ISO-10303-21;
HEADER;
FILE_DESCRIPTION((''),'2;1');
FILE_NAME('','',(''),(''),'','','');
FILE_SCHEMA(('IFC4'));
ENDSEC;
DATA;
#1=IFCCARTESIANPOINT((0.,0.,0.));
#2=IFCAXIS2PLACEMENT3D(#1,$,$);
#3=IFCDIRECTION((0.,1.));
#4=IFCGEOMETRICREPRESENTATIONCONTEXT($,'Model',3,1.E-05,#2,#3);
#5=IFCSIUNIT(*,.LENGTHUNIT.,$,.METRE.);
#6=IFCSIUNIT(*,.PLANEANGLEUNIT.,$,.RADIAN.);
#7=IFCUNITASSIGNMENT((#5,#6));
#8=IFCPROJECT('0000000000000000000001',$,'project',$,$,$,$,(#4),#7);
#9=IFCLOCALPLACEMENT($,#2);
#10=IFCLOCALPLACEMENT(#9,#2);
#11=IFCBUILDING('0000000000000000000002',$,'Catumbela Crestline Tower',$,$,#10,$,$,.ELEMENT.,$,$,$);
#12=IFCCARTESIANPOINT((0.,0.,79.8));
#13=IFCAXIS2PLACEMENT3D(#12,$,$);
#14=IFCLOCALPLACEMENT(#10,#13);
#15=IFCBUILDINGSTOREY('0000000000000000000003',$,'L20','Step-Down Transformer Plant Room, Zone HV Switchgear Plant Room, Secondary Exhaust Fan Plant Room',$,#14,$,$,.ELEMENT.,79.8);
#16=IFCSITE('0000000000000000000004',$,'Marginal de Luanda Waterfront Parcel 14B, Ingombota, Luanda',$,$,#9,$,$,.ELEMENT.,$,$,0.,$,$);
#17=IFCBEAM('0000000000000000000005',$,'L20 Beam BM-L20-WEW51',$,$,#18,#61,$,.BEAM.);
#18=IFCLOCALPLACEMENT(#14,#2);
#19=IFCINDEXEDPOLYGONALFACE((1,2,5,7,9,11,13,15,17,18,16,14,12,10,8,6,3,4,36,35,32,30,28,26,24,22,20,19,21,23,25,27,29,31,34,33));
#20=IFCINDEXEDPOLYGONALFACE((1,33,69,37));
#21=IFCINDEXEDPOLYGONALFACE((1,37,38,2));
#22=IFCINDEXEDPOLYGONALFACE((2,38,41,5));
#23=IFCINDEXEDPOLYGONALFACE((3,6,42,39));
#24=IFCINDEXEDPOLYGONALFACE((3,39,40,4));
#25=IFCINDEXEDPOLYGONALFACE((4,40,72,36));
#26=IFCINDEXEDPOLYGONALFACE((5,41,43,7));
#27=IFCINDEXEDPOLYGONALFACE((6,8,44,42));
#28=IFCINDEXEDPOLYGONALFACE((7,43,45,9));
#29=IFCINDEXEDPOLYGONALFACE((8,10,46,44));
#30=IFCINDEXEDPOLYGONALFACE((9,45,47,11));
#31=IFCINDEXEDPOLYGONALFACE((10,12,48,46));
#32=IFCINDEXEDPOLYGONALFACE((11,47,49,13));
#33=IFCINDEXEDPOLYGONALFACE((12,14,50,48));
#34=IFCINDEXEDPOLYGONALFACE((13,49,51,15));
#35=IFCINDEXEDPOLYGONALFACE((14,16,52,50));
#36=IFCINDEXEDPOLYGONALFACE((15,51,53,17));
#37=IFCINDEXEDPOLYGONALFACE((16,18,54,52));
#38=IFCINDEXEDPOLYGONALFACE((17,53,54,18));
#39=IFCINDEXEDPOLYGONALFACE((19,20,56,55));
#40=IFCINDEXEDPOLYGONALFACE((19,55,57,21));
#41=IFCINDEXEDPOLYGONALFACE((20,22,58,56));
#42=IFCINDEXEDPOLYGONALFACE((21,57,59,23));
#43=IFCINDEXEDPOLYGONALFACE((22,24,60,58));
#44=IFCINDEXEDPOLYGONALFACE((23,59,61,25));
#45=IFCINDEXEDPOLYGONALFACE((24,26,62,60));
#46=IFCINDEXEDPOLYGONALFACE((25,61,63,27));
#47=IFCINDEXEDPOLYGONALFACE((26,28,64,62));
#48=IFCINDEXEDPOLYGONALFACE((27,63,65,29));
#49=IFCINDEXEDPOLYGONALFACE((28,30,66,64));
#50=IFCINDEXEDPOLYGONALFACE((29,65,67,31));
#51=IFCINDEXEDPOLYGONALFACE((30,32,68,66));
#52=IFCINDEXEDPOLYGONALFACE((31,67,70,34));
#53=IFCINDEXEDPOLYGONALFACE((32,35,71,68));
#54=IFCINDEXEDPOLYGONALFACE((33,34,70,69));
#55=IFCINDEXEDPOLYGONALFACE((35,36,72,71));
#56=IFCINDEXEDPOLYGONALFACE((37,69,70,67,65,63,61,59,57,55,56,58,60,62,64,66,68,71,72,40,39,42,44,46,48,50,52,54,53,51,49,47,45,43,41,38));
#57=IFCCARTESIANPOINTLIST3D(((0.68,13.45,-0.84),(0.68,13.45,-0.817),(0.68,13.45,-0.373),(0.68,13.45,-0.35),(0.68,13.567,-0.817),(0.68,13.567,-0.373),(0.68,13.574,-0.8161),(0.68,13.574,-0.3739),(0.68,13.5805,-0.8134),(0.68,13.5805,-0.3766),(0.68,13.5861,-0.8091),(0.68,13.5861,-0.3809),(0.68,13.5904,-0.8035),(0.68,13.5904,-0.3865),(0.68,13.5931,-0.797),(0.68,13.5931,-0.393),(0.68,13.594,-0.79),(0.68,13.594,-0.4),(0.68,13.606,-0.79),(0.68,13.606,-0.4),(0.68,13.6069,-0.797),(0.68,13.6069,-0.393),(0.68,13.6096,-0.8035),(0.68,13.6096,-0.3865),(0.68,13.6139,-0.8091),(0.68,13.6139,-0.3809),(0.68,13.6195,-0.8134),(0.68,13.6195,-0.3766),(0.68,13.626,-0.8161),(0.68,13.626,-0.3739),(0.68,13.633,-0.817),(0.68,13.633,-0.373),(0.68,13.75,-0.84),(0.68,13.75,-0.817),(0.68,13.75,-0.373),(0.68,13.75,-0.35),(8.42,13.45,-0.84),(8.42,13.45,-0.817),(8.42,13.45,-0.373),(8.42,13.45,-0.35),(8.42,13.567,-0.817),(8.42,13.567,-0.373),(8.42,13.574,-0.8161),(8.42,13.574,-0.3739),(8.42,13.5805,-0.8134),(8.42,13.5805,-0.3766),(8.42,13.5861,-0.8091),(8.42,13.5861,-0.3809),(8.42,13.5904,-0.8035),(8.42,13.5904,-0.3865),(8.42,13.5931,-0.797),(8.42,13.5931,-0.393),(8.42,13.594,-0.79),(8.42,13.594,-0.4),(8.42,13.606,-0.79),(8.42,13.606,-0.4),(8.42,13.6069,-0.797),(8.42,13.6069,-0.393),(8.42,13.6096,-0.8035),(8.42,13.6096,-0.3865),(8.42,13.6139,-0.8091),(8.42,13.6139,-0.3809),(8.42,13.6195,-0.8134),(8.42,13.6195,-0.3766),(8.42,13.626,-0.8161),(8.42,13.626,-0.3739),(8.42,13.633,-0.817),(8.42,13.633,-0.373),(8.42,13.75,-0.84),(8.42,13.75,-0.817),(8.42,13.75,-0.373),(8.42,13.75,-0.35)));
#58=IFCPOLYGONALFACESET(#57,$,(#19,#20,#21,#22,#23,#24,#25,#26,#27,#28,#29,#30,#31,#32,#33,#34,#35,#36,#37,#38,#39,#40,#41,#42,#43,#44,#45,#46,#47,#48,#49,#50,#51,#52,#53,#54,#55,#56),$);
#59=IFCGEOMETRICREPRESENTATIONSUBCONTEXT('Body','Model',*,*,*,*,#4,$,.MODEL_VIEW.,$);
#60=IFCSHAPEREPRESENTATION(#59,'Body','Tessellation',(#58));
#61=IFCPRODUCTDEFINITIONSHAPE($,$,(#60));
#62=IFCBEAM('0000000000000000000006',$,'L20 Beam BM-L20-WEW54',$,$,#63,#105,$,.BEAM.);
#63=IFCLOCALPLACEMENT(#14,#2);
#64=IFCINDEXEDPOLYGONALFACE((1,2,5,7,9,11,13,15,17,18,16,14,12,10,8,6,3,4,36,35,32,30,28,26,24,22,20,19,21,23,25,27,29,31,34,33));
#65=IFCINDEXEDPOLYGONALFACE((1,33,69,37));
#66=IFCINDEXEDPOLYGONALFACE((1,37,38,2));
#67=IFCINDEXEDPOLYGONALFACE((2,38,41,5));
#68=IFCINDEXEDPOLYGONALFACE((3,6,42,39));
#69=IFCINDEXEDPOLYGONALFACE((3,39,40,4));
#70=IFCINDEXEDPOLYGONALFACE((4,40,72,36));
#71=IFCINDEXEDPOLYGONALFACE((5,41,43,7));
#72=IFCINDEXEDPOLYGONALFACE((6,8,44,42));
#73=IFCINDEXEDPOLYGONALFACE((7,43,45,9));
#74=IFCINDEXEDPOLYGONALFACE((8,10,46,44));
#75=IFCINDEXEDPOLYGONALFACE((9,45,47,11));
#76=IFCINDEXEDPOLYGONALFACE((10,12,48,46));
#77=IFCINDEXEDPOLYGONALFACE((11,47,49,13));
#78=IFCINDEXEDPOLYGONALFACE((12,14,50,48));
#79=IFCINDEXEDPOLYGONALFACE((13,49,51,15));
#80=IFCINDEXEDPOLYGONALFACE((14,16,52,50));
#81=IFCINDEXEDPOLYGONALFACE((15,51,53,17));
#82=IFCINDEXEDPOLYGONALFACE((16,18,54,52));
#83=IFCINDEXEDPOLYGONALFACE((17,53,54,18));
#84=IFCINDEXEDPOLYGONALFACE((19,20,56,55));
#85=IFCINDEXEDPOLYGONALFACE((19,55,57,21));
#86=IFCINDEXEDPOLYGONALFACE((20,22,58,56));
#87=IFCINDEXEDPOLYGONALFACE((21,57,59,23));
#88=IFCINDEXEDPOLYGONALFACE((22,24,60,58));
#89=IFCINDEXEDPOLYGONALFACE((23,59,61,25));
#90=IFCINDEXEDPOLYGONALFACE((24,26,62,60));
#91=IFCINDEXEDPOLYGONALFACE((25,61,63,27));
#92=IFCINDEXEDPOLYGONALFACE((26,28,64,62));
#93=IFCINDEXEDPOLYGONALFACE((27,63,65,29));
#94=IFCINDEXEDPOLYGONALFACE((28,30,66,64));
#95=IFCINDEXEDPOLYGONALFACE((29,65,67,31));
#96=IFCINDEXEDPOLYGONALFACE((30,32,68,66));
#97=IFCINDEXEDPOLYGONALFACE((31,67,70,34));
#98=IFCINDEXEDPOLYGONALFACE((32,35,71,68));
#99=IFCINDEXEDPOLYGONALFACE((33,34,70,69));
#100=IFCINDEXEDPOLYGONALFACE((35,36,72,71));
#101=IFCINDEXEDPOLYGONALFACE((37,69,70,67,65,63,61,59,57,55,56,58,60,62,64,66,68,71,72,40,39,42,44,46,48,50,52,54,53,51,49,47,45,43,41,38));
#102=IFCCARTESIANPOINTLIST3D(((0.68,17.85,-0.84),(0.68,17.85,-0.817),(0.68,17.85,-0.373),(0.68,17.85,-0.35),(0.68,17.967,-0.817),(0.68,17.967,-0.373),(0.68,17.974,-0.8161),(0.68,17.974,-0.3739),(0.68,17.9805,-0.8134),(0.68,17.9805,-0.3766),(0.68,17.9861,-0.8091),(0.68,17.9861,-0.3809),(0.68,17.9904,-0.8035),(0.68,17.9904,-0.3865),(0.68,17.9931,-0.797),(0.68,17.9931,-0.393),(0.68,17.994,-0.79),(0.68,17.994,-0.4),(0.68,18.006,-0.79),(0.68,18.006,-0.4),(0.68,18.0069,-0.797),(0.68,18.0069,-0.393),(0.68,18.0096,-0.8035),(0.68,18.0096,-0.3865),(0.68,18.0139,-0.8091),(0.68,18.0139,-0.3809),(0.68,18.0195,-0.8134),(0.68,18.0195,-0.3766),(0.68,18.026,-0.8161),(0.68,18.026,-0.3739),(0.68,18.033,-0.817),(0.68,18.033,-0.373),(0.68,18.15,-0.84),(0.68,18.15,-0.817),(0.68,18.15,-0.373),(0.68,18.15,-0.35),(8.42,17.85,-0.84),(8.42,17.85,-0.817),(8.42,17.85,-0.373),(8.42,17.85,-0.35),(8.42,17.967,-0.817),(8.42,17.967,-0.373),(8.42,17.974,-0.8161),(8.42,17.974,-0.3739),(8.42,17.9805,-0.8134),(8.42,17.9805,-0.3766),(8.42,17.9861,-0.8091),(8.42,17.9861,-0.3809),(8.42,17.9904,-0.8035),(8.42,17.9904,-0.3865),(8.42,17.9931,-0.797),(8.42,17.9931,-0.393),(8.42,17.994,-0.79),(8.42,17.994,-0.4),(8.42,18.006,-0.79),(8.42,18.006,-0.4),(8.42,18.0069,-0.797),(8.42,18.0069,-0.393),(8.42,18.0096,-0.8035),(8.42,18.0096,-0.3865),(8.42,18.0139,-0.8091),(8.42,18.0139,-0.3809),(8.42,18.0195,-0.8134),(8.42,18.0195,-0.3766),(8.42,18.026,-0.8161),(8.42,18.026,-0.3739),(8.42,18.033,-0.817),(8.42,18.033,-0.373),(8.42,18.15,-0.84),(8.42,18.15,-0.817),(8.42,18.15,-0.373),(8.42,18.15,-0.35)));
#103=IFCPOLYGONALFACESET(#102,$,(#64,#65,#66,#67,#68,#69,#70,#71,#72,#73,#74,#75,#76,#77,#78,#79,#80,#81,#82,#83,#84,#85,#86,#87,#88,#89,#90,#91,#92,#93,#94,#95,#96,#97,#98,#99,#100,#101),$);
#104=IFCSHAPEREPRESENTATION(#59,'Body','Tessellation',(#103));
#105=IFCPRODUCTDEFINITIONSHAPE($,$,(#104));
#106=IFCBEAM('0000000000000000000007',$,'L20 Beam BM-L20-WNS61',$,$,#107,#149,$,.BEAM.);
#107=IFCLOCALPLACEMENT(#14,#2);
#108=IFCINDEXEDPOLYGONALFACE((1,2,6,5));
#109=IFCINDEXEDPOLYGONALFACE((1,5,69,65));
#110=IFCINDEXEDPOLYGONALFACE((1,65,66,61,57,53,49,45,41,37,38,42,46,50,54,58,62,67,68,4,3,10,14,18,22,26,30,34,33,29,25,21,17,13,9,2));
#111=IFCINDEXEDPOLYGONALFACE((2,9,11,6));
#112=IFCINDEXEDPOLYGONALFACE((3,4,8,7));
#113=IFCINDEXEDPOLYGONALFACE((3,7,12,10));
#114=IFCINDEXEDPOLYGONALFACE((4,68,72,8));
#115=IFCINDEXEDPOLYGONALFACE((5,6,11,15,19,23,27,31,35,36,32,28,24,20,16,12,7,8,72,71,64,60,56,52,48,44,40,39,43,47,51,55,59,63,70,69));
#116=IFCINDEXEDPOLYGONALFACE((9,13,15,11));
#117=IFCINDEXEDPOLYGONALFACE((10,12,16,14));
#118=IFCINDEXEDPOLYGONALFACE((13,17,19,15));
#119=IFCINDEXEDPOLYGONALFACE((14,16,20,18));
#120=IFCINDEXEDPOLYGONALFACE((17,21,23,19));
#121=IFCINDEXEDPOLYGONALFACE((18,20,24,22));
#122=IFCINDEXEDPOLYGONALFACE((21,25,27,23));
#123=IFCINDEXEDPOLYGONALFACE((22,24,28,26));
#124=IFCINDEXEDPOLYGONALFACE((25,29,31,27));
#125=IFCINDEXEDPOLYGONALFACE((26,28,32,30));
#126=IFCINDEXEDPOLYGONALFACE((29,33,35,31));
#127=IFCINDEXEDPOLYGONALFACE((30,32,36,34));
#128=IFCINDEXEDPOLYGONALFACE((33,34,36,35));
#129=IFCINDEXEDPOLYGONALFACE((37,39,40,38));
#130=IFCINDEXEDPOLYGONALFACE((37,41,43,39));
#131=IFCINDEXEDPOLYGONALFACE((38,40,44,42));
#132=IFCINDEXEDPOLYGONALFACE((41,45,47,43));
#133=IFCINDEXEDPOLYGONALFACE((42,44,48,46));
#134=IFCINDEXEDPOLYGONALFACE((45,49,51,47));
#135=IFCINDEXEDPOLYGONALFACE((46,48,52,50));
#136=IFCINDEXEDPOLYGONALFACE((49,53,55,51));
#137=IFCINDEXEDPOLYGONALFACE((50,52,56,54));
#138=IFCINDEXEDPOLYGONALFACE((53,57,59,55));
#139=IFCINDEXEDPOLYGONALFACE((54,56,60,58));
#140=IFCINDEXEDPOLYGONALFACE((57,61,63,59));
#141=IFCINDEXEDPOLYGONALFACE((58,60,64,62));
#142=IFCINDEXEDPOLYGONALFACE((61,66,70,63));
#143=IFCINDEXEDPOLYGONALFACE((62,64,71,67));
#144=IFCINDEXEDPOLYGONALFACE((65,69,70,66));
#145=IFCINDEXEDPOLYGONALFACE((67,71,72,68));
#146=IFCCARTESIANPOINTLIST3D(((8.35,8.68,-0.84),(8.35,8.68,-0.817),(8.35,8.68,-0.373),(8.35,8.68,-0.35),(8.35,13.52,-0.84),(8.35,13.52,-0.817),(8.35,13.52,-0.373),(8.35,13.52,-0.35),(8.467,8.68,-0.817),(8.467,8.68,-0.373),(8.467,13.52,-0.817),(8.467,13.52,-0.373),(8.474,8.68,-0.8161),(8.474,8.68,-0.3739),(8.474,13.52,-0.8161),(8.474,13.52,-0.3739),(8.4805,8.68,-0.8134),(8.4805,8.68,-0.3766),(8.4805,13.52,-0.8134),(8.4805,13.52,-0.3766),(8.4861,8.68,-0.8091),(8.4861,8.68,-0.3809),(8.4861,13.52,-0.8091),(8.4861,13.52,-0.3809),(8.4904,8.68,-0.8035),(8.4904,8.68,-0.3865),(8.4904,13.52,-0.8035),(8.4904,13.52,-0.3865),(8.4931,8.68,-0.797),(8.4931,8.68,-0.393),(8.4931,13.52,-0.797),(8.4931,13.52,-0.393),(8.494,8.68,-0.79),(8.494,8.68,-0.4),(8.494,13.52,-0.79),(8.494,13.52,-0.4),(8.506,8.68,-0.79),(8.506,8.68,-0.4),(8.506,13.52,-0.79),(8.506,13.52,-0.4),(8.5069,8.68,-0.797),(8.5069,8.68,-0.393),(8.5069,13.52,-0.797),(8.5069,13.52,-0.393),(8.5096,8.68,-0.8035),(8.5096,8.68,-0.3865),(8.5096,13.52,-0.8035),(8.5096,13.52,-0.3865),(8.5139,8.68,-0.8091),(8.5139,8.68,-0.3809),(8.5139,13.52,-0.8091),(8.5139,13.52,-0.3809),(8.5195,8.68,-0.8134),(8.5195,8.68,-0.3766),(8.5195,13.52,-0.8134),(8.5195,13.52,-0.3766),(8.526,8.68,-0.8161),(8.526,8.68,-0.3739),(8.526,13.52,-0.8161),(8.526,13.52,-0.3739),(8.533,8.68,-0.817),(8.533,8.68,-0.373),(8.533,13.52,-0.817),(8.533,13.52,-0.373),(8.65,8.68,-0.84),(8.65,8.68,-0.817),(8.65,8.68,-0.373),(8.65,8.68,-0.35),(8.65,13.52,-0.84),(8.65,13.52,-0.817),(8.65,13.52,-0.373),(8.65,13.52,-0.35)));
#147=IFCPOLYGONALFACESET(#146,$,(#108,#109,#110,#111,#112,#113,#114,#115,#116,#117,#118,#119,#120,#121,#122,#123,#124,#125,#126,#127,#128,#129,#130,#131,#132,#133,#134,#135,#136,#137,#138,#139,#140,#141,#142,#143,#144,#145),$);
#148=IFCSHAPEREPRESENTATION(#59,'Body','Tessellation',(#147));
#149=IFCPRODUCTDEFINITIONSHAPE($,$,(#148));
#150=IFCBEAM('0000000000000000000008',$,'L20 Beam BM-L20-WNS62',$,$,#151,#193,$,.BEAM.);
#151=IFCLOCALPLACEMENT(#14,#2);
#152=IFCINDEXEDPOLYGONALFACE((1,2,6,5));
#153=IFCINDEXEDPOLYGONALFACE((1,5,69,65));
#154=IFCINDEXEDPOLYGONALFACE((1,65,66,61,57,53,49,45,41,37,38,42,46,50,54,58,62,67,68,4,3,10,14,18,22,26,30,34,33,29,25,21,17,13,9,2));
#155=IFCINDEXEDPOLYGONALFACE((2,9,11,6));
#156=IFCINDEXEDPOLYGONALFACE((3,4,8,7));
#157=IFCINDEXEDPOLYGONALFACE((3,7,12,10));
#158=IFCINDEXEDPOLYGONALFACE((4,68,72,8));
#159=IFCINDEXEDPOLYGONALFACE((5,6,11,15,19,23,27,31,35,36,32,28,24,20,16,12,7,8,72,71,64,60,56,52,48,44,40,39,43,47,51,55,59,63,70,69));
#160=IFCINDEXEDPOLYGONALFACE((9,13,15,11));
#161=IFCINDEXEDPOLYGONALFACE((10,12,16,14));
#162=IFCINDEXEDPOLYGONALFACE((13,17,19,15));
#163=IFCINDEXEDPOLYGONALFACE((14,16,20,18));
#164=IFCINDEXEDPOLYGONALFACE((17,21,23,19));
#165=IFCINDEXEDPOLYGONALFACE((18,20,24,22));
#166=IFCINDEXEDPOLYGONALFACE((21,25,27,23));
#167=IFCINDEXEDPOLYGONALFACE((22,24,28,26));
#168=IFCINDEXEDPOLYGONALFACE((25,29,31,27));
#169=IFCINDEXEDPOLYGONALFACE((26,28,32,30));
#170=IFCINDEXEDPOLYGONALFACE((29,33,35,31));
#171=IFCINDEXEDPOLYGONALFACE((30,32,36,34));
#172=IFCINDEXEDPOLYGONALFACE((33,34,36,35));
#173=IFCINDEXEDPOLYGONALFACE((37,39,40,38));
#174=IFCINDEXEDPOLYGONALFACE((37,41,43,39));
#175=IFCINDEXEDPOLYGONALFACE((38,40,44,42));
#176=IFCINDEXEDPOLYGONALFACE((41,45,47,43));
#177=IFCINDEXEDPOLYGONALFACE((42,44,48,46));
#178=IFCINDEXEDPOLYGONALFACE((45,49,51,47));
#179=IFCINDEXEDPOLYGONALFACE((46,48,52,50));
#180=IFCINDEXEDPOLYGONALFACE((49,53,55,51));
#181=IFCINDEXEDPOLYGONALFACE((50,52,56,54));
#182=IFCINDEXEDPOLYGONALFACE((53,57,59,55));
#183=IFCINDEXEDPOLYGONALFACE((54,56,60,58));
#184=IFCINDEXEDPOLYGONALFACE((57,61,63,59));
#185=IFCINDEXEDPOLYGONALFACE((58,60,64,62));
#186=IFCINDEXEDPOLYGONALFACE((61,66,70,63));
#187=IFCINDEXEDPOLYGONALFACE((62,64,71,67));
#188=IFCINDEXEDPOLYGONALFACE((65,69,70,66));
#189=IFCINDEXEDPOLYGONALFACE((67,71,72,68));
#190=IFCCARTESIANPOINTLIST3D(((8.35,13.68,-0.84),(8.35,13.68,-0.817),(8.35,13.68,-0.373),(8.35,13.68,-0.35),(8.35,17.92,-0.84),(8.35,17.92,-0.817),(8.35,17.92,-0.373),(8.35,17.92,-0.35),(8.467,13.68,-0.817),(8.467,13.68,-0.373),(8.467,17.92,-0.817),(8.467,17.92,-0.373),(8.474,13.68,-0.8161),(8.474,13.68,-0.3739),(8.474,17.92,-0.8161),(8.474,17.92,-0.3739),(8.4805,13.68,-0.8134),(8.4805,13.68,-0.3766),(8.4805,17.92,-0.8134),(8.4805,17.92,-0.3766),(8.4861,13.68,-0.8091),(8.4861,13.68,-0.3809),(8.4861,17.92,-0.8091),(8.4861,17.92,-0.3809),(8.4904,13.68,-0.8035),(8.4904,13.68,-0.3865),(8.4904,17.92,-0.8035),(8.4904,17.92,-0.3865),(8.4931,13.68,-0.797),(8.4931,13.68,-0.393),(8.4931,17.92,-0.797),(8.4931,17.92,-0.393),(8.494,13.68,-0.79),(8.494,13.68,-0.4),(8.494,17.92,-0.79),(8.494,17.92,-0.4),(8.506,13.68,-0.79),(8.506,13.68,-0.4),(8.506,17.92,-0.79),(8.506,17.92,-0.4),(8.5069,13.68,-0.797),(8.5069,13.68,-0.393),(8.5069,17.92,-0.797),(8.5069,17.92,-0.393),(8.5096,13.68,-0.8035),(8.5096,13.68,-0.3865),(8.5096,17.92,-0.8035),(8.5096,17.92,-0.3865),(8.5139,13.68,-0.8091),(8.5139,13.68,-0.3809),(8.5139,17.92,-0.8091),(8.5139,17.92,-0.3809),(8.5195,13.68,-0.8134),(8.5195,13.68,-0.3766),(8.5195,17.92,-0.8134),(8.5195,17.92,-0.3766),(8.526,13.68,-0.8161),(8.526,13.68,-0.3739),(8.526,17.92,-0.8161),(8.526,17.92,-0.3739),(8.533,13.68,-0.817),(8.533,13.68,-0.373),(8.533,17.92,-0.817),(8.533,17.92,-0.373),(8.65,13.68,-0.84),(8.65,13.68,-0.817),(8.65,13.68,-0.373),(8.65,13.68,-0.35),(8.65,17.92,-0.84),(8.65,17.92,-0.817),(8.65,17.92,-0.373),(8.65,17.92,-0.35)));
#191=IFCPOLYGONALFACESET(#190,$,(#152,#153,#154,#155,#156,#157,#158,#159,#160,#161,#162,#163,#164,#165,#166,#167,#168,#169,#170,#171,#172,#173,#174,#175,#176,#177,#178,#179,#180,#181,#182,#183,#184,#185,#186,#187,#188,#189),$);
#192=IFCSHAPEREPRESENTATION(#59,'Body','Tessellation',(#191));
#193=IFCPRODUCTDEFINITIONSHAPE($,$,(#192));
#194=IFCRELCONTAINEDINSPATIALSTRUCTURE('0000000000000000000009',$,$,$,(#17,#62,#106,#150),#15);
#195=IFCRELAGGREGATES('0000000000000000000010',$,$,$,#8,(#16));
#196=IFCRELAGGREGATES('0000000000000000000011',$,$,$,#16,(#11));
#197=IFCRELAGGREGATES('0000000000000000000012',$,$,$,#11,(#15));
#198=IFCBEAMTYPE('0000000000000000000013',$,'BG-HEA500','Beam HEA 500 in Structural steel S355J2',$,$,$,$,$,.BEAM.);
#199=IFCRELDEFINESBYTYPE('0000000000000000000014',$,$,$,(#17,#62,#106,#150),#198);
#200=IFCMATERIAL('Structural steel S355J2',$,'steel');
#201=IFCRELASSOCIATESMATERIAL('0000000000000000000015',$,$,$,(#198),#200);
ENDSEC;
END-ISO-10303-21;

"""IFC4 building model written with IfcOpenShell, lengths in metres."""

from ifc_helpers import new_model, si_unit, direction, frame, origin, origin_2d, place, context, subcontext, project, spatial, i_section, extrude, material, material_profile, profile_set, type_object, element, save


model = new_model("IFC4")

# Units and contexts
model_context = context("Model", 3, precision=1e-05, world=origin(), true_north=direction((0.0, 1.0)))
body_context = subcontext(model_context, "Body", "Model", "MODEL_VIEW")
ifc_project = project(units=[si_unit("LENGTHUNIT", "METRE"), si_unit("PLANEANGLEUNIT", "RADIAN")], contexts=[model_context])

# Site, building, storey
site_placement = place(None, origin())
site = spatial("IfcSite", under=ifc_project, at=site_placement, Name="Marginal de Luanda Waterfront Parcel 14B, Ingombota, Luanda", CompositionType="ELEMENT", RefElevation=0.0)
building_placement = place(site_placement, origin())
building = spatial("IfcBuilding", under=site, at=building_placement, Name="Catumbela Crestline Tower", CompositionType="ELEMENT")
storey_placement = place(building_placement, frame((0.0, 0.0, 79.8)))
storey = spatial("IfcBuildingStorey", under=building, at=storey_placement, Name="L20", Description="Step-Down Transformer Plant Room, Zone HV Switchgear Plant Room, Secondary Exhaust Fan Plant Room", CompositionType="ELEMENT", Elevation=79.8)

# Beams
ifc_material_1 = material(Name="Structural steel S355J2", Category="steel")
ifc_material_profile_1 = material_profile(ifc_material_1, i_section(OverallWidth=0.3, OverallDepth=0.49, WebThickness=0.012, FlangeThickness=0.023, FilletRadius=0.027, at=origin_2d()), Name="HEA 500")
ifc_profile_set_1 = profile_set([ifc_material_profile_1], Name="Structural steel S355J2")
beam_type_1 = type_object("IfcBeamType", Name="BG-HEA500", Description="Beam HEA 500 in Structural steel S355J2", PredefinedType="BEAM", material=ifc_profile_set_1)
for number, where, z_axis, x_axis, name in (
    (1, (0.68, 13.6, -0.595), (1.0, 0.0, 0.0), (0.0, 1.0, 0.0), "L20 Beam BM-L20-WEW51"),
    (2, (0.68, 18.0, -0.595), (1.0, 0.0, 0.0), (0.0, 1.0, 0.0), "L20 Beam BM-L20-WEW54"),
):
    element("IfcBeam", number, at=place(storey_placement, frame(where, z_axis=z_axis, x_axis=x_axis)), inside=storey, type_object=beam_type_1, Name=name, PredefinedType="BEAM", context=body_context, shape_type="SweptSolid", body=[
        extrude(i_section(OverallWidth=0.3, OverallDepth=0.49, WebThickness=0.012, FlangeThickness=0.023, FilletRadius=0.027, at=origin_2d()), origin(), (0.0, 0.0, 1.0), 7.74),
    ])
beam_1_placement = place(storey_placement, frame((8.5, 8.68, -0.595), z_axis=(0.0, 1.0, 0.0), x_axis=(-1.0, 0.0, 0.0)))
element("IfcBeam", 3, at=beam_1_placement, inside=storey, type_object=beam_type_1, Name="L20 Beam BM-L20-WNS61", PredefinedType="BEAM", context=body_context, shape_type="SweptSolid", body=[
    extrude(i_section(OverallWidth=0.3, OverallDepth=0.49, WebThickness=0.012, FlangeThickness=0.023, FilletRadius=0.027, at=origin_2d()), origin(), (0.0, 0.0, 1.0), 4.84),
])
beam_2_placement = place(storey_placement, frame((8.5, 13.68, -0.595), z_axis=(0.0, 1.0, 0.0), x_axis=(-1.0, 0.0, 0.0)))
element("IfcBeam", 4, at=beam_2_placement, inside=storey, type_object=beam_type_1, Name="L20 Beam BM-L20-WNS62", PredefinedType="BEAM", context=body_context, shape_type="SweptSolid", body=[
    extrude(i_section(OverallWidth=0.3, OverallDepth=0.49, WebThickness=0.012, FlangeThickness=0.023, FilletRadius=0.027, at=origin_2d()), origin(), (0.0, 0.0, 1.0), 4.24),
])

save(model, "model.ifc")
